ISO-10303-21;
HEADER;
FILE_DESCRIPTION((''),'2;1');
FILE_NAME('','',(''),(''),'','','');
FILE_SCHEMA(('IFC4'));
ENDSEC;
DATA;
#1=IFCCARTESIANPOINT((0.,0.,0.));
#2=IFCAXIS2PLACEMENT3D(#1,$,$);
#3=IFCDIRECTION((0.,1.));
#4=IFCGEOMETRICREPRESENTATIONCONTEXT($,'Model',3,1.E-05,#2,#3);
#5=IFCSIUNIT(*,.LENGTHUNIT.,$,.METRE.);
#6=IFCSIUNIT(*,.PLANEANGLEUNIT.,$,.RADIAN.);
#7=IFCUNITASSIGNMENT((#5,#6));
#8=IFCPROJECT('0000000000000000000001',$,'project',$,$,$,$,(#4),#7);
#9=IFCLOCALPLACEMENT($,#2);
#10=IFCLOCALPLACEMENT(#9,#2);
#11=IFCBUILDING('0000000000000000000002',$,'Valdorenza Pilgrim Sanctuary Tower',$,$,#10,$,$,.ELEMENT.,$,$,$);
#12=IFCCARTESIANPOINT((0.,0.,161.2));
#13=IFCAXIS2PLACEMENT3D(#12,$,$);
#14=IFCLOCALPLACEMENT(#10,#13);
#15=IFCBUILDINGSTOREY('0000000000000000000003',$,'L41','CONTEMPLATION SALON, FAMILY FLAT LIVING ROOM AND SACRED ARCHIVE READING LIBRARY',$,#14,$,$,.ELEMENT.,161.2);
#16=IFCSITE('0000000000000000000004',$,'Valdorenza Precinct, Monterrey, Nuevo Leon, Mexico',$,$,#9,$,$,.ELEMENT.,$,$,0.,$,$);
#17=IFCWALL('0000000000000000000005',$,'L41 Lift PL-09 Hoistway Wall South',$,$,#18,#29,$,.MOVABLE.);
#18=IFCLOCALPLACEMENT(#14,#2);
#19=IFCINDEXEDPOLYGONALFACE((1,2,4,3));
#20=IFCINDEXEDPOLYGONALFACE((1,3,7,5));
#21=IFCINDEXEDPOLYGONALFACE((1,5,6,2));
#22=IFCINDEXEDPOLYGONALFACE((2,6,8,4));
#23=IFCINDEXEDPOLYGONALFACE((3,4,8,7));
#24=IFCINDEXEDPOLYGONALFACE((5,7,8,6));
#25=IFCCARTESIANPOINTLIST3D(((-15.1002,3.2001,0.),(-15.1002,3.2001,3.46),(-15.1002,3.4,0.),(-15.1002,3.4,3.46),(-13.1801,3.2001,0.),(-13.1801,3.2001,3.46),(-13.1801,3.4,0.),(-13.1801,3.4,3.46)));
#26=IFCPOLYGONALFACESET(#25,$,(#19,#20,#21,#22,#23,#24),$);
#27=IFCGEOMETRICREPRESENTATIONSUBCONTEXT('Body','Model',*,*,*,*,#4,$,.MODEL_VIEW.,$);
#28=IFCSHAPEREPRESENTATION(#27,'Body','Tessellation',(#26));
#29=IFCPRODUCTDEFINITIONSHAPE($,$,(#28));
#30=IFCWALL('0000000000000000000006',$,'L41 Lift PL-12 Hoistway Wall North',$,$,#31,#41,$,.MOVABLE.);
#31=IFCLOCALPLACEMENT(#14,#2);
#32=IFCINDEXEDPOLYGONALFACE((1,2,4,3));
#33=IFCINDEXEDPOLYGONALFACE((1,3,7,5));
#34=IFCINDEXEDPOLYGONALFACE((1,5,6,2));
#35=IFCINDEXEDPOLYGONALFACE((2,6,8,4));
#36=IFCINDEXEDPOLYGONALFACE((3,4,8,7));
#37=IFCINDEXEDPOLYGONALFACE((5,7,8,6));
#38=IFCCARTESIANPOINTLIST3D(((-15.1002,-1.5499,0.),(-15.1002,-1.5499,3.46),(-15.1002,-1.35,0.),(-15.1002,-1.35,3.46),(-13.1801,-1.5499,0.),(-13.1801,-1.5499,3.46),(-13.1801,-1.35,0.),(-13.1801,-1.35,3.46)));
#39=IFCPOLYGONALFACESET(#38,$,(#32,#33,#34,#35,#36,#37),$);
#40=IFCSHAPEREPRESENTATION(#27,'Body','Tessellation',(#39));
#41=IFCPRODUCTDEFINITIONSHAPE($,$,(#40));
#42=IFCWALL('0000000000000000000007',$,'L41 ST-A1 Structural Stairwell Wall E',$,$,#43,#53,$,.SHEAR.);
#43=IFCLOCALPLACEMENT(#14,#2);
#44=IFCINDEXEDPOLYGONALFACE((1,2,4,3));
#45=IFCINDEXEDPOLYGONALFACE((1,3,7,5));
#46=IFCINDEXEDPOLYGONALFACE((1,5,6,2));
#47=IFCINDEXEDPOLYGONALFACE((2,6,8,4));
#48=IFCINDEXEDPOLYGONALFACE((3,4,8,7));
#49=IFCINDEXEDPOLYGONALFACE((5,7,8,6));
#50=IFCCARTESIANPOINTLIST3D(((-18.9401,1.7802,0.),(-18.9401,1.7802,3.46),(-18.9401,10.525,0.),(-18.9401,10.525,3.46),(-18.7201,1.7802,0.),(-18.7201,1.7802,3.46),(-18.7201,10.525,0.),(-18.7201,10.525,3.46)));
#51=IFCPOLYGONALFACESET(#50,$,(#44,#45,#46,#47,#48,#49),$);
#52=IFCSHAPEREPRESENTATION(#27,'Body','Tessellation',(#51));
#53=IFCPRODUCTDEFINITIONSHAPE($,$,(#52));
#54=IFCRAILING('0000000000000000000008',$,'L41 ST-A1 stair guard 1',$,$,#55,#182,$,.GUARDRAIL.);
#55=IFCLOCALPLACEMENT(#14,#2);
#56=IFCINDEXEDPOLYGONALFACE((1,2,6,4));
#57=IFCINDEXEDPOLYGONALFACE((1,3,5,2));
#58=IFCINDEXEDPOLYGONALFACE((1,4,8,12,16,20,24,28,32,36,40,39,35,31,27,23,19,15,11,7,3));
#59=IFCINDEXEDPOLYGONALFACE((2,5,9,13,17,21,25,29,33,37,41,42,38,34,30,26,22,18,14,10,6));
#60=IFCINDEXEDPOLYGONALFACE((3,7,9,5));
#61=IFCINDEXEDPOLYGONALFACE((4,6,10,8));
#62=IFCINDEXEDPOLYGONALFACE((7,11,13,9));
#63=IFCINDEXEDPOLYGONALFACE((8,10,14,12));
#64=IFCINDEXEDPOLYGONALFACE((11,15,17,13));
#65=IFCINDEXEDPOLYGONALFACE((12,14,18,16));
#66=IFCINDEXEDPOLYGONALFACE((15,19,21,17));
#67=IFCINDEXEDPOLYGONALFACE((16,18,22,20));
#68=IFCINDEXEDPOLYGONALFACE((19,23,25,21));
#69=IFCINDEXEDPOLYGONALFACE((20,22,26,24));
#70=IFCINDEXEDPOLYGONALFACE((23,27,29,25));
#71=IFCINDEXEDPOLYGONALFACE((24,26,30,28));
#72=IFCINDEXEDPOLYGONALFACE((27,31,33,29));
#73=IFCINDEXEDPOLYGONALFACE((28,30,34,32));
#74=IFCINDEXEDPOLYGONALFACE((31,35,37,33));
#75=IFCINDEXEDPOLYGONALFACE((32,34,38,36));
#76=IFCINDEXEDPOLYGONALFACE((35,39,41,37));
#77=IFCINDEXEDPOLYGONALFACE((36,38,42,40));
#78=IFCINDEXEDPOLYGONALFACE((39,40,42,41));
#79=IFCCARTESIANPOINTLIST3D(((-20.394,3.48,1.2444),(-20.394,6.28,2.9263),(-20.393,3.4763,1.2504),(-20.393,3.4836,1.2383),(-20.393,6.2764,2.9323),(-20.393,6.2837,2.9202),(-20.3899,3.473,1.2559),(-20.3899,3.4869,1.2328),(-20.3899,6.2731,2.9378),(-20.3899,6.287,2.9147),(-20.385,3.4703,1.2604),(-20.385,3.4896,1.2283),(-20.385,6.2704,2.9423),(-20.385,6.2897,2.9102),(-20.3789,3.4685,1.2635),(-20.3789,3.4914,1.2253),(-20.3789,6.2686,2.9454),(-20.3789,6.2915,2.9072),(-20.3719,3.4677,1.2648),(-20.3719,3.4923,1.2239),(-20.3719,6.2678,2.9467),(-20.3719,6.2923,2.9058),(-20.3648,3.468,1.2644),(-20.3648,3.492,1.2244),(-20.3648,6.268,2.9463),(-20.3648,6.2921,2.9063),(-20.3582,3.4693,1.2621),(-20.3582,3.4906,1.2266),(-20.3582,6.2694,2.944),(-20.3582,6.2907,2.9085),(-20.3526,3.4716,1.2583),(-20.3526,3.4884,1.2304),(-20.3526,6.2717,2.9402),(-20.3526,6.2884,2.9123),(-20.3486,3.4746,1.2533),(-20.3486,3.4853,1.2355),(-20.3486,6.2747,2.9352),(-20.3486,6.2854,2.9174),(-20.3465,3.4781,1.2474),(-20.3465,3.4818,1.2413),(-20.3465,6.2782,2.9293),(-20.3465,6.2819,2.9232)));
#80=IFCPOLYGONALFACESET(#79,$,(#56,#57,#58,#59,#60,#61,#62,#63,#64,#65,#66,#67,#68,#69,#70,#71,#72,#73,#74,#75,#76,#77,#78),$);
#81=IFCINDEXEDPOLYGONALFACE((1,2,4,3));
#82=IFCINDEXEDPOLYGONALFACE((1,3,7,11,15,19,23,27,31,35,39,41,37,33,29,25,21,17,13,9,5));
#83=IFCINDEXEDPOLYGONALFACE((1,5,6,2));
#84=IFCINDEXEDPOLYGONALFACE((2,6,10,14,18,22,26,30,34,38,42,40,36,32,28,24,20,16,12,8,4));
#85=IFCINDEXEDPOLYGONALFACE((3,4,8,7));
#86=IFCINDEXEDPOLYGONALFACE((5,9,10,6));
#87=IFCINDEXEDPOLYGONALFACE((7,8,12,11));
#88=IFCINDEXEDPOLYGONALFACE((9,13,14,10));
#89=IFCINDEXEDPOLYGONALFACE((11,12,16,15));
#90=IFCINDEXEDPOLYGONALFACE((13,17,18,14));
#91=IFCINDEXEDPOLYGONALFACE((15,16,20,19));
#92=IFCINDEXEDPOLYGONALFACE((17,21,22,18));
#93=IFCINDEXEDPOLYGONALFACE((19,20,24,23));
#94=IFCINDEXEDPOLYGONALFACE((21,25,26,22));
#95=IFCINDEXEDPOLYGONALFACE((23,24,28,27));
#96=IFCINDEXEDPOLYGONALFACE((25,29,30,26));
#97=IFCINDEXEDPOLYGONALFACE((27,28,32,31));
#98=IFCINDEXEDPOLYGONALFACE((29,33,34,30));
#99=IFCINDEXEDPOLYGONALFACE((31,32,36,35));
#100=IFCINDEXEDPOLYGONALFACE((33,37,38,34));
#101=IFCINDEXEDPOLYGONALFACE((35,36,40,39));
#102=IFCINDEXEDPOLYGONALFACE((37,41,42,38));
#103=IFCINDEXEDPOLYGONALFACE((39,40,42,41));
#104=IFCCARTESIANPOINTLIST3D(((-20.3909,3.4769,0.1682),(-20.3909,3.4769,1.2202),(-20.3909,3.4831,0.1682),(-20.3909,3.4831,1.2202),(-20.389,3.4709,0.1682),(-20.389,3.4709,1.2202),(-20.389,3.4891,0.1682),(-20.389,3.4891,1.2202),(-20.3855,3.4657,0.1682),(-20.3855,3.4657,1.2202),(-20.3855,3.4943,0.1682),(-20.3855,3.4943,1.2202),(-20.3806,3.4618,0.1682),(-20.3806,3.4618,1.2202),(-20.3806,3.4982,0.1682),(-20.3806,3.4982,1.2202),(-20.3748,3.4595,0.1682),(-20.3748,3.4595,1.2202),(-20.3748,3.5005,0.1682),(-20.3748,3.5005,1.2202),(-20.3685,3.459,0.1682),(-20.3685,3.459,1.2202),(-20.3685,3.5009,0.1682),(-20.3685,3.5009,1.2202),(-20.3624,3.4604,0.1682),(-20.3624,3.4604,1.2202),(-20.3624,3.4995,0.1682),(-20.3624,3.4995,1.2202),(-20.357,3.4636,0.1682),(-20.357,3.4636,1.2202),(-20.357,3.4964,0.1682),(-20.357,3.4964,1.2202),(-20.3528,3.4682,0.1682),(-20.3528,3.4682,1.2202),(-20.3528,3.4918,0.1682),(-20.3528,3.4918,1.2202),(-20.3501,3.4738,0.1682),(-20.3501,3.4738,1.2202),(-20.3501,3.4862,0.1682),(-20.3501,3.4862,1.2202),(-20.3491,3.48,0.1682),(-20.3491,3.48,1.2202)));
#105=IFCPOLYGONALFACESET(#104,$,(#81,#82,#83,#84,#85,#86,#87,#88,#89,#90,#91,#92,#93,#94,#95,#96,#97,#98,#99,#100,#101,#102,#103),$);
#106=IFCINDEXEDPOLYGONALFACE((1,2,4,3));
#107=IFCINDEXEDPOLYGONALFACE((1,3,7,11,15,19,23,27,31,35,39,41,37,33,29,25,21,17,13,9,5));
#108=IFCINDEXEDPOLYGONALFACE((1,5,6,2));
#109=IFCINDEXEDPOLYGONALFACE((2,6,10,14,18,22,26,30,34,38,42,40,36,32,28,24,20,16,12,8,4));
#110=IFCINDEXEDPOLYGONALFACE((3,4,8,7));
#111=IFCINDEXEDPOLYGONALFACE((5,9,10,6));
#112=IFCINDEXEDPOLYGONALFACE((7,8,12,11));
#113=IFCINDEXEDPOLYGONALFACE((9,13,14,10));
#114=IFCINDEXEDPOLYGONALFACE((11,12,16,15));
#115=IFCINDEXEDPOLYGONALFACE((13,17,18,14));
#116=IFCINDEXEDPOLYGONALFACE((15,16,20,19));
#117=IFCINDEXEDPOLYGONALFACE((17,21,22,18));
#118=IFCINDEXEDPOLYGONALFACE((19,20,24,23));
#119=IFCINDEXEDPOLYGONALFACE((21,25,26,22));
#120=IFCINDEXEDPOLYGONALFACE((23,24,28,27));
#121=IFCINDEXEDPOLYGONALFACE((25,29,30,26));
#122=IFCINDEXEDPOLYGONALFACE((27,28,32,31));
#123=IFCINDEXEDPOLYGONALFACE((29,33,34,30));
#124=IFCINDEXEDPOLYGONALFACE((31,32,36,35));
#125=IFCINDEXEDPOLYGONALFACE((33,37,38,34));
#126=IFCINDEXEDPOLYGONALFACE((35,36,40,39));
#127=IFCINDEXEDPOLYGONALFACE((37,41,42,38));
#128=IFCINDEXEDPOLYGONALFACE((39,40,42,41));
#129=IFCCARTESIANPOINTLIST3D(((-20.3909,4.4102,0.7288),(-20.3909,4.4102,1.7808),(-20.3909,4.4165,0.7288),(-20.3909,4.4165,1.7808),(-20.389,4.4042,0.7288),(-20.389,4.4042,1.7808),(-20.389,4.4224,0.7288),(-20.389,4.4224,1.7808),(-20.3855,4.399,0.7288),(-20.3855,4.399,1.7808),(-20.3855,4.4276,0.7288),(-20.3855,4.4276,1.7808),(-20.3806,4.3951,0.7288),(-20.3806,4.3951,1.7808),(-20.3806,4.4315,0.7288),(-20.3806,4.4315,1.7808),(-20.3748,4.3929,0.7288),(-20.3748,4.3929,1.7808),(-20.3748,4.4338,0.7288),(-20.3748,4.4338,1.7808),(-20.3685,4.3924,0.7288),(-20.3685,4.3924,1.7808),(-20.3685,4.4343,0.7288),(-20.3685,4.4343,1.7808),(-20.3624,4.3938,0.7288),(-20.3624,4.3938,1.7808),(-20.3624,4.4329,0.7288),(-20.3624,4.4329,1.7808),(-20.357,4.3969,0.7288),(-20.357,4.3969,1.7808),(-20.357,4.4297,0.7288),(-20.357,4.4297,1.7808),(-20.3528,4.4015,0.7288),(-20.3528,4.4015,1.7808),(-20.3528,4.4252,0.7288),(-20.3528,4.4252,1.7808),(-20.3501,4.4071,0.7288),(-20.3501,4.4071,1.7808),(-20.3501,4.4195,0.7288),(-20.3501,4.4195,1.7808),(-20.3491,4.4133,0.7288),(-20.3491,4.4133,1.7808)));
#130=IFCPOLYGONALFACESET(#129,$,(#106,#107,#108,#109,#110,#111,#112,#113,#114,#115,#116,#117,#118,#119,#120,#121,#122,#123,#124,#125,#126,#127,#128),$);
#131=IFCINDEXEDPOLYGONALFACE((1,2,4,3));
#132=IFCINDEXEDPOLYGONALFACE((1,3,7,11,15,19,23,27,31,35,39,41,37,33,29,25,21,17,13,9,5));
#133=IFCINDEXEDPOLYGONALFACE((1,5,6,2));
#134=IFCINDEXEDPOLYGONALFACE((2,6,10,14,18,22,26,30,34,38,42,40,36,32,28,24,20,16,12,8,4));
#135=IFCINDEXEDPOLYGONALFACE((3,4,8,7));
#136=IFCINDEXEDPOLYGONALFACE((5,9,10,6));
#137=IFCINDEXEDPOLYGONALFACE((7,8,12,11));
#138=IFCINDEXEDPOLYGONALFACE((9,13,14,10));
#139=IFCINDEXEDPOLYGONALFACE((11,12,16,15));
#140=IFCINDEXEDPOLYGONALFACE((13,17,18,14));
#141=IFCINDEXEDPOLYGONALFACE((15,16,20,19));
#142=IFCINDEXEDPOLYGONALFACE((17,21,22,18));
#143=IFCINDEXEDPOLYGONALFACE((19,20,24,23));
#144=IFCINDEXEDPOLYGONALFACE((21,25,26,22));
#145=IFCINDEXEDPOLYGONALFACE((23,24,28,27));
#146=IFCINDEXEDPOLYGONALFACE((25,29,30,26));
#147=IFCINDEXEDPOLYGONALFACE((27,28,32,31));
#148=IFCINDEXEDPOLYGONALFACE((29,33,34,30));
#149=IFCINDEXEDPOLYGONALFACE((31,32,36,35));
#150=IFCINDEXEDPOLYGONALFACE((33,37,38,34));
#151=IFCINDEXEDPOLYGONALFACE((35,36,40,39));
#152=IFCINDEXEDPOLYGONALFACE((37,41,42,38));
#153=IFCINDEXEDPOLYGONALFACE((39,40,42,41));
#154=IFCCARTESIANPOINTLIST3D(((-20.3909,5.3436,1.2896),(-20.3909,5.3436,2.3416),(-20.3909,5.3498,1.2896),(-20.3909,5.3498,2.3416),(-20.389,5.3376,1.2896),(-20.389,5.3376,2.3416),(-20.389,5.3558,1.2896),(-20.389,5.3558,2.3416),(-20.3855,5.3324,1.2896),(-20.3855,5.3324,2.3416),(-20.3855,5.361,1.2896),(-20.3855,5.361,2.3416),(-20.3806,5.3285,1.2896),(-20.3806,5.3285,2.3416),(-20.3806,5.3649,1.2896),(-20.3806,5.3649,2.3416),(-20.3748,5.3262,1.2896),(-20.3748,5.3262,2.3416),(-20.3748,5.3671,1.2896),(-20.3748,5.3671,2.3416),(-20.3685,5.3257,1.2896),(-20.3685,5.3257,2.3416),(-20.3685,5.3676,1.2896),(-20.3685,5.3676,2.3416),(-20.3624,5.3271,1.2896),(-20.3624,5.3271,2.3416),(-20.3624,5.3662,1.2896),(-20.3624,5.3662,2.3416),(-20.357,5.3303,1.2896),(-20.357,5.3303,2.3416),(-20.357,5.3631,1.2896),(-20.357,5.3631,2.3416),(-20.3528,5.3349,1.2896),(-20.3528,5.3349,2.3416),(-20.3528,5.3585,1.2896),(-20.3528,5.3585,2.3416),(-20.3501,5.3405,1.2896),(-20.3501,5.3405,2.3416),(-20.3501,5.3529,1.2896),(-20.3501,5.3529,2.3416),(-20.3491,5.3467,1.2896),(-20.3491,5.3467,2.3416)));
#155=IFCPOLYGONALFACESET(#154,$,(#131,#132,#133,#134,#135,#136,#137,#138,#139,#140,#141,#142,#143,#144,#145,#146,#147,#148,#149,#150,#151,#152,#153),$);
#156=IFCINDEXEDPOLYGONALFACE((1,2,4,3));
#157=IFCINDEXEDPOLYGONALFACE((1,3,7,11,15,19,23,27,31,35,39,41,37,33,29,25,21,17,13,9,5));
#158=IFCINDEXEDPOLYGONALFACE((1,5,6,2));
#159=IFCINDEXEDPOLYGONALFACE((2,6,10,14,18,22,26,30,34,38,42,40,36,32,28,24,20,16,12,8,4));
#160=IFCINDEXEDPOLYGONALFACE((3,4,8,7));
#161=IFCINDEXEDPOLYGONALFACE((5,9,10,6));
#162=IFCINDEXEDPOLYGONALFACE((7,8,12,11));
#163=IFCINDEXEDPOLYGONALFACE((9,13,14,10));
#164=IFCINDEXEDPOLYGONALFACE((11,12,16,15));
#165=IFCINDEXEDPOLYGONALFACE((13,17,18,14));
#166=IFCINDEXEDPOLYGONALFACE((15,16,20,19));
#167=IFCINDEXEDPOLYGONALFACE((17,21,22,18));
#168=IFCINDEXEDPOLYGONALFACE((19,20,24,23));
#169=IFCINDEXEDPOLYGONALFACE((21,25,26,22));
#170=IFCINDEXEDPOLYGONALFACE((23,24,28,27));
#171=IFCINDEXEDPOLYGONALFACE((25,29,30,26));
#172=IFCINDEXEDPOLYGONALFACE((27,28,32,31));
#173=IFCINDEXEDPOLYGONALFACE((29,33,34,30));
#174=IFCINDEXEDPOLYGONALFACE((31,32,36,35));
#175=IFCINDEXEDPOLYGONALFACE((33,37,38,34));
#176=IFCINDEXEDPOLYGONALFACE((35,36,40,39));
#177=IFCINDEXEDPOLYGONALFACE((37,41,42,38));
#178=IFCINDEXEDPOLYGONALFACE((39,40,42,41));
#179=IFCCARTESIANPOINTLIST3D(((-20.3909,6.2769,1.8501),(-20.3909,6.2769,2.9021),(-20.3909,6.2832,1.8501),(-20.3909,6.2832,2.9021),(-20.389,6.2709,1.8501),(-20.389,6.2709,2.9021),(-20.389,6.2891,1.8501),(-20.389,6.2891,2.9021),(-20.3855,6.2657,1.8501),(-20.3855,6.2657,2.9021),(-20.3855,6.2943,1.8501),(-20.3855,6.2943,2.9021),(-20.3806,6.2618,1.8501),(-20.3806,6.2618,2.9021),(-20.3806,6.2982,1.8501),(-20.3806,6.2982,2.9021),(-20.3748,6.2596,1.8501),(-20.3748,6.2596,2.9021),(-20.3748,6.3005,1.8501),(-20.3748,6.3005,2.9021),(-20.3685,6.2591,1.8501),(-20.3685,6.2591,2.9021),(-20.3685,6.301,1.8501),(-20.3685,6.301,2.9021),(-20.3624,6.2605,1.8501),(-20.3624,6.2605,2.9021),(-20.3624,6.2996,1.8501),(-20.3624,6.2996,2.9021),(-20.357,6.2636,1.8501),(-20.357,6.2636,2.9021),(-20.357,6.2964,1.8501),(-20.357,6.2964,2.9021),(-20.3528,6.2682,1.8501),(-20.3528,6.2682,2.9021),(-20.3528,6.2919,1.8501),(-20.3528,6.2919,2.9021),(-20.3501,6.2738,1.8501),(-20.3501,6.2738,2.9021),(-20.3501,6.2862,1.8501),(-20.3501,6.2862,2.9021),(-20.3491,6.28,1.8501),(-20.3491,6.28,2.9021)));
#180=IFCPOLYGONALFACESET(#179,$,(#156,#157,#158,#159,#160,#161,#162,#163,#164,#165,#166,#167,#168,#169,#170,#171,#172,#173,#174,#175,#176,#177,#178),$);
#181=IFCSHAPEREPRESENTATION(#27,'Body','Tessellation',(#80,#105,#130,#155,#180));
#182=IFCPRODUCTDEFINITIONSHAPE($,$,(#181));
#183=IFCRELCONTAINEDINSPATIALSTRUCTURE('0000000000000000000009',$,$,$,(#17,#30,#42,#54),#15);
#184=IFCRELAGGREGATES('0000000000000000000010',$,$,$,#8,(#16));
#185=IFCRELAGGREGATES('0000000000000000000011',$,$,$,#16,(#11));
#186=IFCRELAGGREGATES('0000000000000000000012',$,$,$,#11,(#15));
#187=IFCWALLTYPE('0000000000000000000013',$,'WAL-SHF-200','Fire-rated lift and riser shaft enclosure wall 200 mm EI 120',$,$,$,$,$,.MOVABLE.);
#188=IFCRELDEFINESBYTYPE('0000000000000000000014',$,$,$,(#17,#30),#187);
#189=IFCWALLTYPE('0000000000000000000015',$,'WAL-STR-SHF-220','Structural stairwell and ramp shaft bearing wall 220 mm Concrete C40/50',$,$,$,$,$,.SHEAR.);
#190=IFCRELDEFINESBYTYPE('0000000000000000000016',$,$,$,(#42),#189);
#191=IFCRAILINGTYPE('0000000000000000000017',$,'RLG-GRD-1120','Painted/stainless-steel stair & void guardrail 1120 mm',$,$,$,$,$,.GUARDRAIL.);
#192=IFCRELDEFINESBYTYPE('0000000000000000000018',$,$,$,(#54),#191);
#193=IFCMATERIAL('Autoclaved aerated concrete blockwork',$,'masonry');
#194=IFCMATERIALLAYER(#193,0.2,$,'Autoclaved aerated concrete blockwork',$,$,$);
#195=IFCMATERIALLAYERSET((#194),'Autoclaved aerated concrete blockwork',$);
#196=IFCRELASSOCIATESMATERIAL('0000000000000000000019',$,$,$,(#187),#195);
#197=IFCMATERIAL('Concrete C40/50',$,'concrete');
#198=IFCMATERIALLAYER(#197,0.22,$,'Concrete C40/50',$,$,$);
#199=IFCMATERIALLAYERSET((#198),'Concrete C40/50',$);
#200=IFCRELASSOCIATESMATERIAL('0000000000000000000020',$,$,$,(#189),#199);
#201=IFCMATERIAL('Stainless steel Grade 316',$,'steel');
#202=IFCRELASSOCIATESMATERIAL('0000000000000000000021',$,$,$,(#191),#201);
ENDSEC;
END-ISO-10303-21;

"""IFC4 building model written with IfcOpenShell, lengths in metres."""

from ifc_helpers import new_model, si_unit, direction, frame, frame_2d, origin, origin_2d, place, context, subcontext, project, spatial, rectangle, circle, extrude, material, layer, layer_set, type_object, element, save


model = new_model("IFC4")

# Units and contexts
model_context = context("Model", 3, precision=1e-05, world=origin(), true_north=direction((0.0, 1.0)))
body_context = subcontext(model_context, "Body", "Model", "MODEL_VIEW")
ifc_project = project(units=[si_unit("LENGTHUNIT", "METRE"), si_unit("PLANEANGLEUNIT", "RADIAN")], contexts=[model_context])

# Site, building, storey
site_placement = place(None, origin())
site = spatial("IfcSite", under=ifc_project, at=site_placement, Name="Valdorenza Precinct, Monterrey, Nuevo Leon, Mexico", CompositionType="ELEMENT", RefElevation=0.0)
building_placement = place(site_placement, origin())
building = spatial("IfcBuilding", under=site, at=building_placement, Name="Valdorenza Pilgrim Sanctuary Tower", CompositionType="ELEMENT")
storey_placement = place(building_placement, frame((0.0, 0.0, 161.2)))
storey = spatial("IfcBuildingStorey", under=building, at=storey_placement, Name="L41", Description="CONTEMPLATION SALON, FAMILY FLAT LIVING ROOM AND SACRED ARCHIVE READING LIBRARY", CompositionType="ELEMENT", Elevation=161.2)

# Shared definitions
ifc_material_1 = material(Name="Autoclaved aerated concrete blockwork", Category="masonry")
ifc_layer_1 = layer(ifc_material_1, 0.2, Name="Autoclaved aerated concrete blockwork")
ifc_layer_set_1 = layer_set([ifc_layer_1], Name="Autoclaved aerated concrete blockwork")
wall_type_1 = type_object("IfcWallType", Name="WAL-SHF-200", Description="Fire-rated lift and riser shaft enclosure wall 200 mm EI 120", PredefinedType="MOVABLE", material=ifc_layer_set_1)

# Walls
for number, where, z_axis, x_axis, name in (
    (1, (-15.1001, 3.3, 0.0), (0.0, 0.0, 1.0), (1.0, 0.0, 0.0), "L41 Lift PL-09 Hoistway Wall South"),
    (2, (-15.1001, -1.45, 0.0), (0.0, 0.0, 1.0), (1.0, 0.0, 0.0), "L41 Lift PL-12 Hoistway Wall North"),
):
    element("IfcWall", number, at=place(storey_placement, frame(where, z_axis=z_axis, x_axis=x_axis)), inside=storey, type_object=wall_type_1, Name=name, PredefinedType="MOVABLE", context=body_context, shape_type="SweptSolid", body=[
        extrude(rectangle(XDim=1.9202, YDim=0.2, at=frame_2d((0.96, 0.0))), origin(), (0.0, 0.0, 1.0), 3.46),
    ])
ifc_material_2 = material(Name="Concrete C40/50", Category="concrete")
ifc_layer_2 = layer(ifc_material_2, 0.22, Name="Concrete C40/50")
ifc_layer_set_2 = layer_set([ifc_layer_2], Name="Concrete C40/50")
wall_type_2 = type_object("IfcWallType", Name="WAL-STR-SHF-220", Description="Structural stairwell and ramp shaft bearing wall 220 mm Concrete C40/50", PredefinedType="SHEAR", material=ifc_layer_set_2)
wall_1_placement = place(storey_placement, frame((-18.8301, 1.78, 0.0), z_axis=(0.0, 0.0, 1.0), x_axis=(0.0, 1.0, 0.0)))
element("IfcWall", 3, at=wall_1_placement, inside=storey, type_object=wall_type_2, Name="L41 ST-A1 Structural Stairwell Wall E", PredefinedType="SHEAR", context=body_context, shape_type="SweptSolid", body=[
    extrude(rectangle(XDim=8.7449, YDim=0.22, at=frame_2d((4.3726, 0.0))), origin(), (0.0, 0.0, 1.0), 3.46),
])

# Railing
ifc_material_3 = material(Name="Stainless steel Grade 316", Category="steel")
railing_type = type_object("IfcRailingType", Name="RLG-GRD-1120", Description="Painted/stainless-steel stair & void guardrail 1120 mm", PredefinedType="GUARDRAIL", material=ifc_material_3)
railing_placement = place(storey_placement, frame((-20.3701, 3.48, 0.1682)))
element("IfcRailing", 4, at=railing_placement, inside=storey, type_object=railing_type, Name="L41 ST-A1 stair guard 1", PredefinedType="GUARDRAIL", context=body_context, shape_type="SweptSolid", body=[
    extrude(circle(Radius=0.0239, at=origin_2d()), frame((0.0, 0.0, 1.0762), z_axis=(0.0, 0.857242, 0.514913), x_axis=(-1.0, 0.0, 0.0)), (0.0, 0.0, 1.0), 3.2664),
    extrude(circle(Radius=0.021, at=origin_2d()), origin(), (0.0, 0.0, 1.0), 1.052),
    extrude(circle(Radius=0.021, at=origin_2d()), frame((0.0, 0.9333, 0.5605)), (0.0, 0.0, 1.0), 1.052),
    extrude(circle(Radius=0.021, at=origin_2d()), frame((0.0, 1.8667, 1.1213)), (0.0, 0.0, 1.0), 1.052),
    extrude(circle(Radius=0.021, at=origin_2d()), frame((0.0, 2.8, 1.6819)), (0.0, 0.0, 1.0), 1.052),
])

save(model, "model.ifc")
